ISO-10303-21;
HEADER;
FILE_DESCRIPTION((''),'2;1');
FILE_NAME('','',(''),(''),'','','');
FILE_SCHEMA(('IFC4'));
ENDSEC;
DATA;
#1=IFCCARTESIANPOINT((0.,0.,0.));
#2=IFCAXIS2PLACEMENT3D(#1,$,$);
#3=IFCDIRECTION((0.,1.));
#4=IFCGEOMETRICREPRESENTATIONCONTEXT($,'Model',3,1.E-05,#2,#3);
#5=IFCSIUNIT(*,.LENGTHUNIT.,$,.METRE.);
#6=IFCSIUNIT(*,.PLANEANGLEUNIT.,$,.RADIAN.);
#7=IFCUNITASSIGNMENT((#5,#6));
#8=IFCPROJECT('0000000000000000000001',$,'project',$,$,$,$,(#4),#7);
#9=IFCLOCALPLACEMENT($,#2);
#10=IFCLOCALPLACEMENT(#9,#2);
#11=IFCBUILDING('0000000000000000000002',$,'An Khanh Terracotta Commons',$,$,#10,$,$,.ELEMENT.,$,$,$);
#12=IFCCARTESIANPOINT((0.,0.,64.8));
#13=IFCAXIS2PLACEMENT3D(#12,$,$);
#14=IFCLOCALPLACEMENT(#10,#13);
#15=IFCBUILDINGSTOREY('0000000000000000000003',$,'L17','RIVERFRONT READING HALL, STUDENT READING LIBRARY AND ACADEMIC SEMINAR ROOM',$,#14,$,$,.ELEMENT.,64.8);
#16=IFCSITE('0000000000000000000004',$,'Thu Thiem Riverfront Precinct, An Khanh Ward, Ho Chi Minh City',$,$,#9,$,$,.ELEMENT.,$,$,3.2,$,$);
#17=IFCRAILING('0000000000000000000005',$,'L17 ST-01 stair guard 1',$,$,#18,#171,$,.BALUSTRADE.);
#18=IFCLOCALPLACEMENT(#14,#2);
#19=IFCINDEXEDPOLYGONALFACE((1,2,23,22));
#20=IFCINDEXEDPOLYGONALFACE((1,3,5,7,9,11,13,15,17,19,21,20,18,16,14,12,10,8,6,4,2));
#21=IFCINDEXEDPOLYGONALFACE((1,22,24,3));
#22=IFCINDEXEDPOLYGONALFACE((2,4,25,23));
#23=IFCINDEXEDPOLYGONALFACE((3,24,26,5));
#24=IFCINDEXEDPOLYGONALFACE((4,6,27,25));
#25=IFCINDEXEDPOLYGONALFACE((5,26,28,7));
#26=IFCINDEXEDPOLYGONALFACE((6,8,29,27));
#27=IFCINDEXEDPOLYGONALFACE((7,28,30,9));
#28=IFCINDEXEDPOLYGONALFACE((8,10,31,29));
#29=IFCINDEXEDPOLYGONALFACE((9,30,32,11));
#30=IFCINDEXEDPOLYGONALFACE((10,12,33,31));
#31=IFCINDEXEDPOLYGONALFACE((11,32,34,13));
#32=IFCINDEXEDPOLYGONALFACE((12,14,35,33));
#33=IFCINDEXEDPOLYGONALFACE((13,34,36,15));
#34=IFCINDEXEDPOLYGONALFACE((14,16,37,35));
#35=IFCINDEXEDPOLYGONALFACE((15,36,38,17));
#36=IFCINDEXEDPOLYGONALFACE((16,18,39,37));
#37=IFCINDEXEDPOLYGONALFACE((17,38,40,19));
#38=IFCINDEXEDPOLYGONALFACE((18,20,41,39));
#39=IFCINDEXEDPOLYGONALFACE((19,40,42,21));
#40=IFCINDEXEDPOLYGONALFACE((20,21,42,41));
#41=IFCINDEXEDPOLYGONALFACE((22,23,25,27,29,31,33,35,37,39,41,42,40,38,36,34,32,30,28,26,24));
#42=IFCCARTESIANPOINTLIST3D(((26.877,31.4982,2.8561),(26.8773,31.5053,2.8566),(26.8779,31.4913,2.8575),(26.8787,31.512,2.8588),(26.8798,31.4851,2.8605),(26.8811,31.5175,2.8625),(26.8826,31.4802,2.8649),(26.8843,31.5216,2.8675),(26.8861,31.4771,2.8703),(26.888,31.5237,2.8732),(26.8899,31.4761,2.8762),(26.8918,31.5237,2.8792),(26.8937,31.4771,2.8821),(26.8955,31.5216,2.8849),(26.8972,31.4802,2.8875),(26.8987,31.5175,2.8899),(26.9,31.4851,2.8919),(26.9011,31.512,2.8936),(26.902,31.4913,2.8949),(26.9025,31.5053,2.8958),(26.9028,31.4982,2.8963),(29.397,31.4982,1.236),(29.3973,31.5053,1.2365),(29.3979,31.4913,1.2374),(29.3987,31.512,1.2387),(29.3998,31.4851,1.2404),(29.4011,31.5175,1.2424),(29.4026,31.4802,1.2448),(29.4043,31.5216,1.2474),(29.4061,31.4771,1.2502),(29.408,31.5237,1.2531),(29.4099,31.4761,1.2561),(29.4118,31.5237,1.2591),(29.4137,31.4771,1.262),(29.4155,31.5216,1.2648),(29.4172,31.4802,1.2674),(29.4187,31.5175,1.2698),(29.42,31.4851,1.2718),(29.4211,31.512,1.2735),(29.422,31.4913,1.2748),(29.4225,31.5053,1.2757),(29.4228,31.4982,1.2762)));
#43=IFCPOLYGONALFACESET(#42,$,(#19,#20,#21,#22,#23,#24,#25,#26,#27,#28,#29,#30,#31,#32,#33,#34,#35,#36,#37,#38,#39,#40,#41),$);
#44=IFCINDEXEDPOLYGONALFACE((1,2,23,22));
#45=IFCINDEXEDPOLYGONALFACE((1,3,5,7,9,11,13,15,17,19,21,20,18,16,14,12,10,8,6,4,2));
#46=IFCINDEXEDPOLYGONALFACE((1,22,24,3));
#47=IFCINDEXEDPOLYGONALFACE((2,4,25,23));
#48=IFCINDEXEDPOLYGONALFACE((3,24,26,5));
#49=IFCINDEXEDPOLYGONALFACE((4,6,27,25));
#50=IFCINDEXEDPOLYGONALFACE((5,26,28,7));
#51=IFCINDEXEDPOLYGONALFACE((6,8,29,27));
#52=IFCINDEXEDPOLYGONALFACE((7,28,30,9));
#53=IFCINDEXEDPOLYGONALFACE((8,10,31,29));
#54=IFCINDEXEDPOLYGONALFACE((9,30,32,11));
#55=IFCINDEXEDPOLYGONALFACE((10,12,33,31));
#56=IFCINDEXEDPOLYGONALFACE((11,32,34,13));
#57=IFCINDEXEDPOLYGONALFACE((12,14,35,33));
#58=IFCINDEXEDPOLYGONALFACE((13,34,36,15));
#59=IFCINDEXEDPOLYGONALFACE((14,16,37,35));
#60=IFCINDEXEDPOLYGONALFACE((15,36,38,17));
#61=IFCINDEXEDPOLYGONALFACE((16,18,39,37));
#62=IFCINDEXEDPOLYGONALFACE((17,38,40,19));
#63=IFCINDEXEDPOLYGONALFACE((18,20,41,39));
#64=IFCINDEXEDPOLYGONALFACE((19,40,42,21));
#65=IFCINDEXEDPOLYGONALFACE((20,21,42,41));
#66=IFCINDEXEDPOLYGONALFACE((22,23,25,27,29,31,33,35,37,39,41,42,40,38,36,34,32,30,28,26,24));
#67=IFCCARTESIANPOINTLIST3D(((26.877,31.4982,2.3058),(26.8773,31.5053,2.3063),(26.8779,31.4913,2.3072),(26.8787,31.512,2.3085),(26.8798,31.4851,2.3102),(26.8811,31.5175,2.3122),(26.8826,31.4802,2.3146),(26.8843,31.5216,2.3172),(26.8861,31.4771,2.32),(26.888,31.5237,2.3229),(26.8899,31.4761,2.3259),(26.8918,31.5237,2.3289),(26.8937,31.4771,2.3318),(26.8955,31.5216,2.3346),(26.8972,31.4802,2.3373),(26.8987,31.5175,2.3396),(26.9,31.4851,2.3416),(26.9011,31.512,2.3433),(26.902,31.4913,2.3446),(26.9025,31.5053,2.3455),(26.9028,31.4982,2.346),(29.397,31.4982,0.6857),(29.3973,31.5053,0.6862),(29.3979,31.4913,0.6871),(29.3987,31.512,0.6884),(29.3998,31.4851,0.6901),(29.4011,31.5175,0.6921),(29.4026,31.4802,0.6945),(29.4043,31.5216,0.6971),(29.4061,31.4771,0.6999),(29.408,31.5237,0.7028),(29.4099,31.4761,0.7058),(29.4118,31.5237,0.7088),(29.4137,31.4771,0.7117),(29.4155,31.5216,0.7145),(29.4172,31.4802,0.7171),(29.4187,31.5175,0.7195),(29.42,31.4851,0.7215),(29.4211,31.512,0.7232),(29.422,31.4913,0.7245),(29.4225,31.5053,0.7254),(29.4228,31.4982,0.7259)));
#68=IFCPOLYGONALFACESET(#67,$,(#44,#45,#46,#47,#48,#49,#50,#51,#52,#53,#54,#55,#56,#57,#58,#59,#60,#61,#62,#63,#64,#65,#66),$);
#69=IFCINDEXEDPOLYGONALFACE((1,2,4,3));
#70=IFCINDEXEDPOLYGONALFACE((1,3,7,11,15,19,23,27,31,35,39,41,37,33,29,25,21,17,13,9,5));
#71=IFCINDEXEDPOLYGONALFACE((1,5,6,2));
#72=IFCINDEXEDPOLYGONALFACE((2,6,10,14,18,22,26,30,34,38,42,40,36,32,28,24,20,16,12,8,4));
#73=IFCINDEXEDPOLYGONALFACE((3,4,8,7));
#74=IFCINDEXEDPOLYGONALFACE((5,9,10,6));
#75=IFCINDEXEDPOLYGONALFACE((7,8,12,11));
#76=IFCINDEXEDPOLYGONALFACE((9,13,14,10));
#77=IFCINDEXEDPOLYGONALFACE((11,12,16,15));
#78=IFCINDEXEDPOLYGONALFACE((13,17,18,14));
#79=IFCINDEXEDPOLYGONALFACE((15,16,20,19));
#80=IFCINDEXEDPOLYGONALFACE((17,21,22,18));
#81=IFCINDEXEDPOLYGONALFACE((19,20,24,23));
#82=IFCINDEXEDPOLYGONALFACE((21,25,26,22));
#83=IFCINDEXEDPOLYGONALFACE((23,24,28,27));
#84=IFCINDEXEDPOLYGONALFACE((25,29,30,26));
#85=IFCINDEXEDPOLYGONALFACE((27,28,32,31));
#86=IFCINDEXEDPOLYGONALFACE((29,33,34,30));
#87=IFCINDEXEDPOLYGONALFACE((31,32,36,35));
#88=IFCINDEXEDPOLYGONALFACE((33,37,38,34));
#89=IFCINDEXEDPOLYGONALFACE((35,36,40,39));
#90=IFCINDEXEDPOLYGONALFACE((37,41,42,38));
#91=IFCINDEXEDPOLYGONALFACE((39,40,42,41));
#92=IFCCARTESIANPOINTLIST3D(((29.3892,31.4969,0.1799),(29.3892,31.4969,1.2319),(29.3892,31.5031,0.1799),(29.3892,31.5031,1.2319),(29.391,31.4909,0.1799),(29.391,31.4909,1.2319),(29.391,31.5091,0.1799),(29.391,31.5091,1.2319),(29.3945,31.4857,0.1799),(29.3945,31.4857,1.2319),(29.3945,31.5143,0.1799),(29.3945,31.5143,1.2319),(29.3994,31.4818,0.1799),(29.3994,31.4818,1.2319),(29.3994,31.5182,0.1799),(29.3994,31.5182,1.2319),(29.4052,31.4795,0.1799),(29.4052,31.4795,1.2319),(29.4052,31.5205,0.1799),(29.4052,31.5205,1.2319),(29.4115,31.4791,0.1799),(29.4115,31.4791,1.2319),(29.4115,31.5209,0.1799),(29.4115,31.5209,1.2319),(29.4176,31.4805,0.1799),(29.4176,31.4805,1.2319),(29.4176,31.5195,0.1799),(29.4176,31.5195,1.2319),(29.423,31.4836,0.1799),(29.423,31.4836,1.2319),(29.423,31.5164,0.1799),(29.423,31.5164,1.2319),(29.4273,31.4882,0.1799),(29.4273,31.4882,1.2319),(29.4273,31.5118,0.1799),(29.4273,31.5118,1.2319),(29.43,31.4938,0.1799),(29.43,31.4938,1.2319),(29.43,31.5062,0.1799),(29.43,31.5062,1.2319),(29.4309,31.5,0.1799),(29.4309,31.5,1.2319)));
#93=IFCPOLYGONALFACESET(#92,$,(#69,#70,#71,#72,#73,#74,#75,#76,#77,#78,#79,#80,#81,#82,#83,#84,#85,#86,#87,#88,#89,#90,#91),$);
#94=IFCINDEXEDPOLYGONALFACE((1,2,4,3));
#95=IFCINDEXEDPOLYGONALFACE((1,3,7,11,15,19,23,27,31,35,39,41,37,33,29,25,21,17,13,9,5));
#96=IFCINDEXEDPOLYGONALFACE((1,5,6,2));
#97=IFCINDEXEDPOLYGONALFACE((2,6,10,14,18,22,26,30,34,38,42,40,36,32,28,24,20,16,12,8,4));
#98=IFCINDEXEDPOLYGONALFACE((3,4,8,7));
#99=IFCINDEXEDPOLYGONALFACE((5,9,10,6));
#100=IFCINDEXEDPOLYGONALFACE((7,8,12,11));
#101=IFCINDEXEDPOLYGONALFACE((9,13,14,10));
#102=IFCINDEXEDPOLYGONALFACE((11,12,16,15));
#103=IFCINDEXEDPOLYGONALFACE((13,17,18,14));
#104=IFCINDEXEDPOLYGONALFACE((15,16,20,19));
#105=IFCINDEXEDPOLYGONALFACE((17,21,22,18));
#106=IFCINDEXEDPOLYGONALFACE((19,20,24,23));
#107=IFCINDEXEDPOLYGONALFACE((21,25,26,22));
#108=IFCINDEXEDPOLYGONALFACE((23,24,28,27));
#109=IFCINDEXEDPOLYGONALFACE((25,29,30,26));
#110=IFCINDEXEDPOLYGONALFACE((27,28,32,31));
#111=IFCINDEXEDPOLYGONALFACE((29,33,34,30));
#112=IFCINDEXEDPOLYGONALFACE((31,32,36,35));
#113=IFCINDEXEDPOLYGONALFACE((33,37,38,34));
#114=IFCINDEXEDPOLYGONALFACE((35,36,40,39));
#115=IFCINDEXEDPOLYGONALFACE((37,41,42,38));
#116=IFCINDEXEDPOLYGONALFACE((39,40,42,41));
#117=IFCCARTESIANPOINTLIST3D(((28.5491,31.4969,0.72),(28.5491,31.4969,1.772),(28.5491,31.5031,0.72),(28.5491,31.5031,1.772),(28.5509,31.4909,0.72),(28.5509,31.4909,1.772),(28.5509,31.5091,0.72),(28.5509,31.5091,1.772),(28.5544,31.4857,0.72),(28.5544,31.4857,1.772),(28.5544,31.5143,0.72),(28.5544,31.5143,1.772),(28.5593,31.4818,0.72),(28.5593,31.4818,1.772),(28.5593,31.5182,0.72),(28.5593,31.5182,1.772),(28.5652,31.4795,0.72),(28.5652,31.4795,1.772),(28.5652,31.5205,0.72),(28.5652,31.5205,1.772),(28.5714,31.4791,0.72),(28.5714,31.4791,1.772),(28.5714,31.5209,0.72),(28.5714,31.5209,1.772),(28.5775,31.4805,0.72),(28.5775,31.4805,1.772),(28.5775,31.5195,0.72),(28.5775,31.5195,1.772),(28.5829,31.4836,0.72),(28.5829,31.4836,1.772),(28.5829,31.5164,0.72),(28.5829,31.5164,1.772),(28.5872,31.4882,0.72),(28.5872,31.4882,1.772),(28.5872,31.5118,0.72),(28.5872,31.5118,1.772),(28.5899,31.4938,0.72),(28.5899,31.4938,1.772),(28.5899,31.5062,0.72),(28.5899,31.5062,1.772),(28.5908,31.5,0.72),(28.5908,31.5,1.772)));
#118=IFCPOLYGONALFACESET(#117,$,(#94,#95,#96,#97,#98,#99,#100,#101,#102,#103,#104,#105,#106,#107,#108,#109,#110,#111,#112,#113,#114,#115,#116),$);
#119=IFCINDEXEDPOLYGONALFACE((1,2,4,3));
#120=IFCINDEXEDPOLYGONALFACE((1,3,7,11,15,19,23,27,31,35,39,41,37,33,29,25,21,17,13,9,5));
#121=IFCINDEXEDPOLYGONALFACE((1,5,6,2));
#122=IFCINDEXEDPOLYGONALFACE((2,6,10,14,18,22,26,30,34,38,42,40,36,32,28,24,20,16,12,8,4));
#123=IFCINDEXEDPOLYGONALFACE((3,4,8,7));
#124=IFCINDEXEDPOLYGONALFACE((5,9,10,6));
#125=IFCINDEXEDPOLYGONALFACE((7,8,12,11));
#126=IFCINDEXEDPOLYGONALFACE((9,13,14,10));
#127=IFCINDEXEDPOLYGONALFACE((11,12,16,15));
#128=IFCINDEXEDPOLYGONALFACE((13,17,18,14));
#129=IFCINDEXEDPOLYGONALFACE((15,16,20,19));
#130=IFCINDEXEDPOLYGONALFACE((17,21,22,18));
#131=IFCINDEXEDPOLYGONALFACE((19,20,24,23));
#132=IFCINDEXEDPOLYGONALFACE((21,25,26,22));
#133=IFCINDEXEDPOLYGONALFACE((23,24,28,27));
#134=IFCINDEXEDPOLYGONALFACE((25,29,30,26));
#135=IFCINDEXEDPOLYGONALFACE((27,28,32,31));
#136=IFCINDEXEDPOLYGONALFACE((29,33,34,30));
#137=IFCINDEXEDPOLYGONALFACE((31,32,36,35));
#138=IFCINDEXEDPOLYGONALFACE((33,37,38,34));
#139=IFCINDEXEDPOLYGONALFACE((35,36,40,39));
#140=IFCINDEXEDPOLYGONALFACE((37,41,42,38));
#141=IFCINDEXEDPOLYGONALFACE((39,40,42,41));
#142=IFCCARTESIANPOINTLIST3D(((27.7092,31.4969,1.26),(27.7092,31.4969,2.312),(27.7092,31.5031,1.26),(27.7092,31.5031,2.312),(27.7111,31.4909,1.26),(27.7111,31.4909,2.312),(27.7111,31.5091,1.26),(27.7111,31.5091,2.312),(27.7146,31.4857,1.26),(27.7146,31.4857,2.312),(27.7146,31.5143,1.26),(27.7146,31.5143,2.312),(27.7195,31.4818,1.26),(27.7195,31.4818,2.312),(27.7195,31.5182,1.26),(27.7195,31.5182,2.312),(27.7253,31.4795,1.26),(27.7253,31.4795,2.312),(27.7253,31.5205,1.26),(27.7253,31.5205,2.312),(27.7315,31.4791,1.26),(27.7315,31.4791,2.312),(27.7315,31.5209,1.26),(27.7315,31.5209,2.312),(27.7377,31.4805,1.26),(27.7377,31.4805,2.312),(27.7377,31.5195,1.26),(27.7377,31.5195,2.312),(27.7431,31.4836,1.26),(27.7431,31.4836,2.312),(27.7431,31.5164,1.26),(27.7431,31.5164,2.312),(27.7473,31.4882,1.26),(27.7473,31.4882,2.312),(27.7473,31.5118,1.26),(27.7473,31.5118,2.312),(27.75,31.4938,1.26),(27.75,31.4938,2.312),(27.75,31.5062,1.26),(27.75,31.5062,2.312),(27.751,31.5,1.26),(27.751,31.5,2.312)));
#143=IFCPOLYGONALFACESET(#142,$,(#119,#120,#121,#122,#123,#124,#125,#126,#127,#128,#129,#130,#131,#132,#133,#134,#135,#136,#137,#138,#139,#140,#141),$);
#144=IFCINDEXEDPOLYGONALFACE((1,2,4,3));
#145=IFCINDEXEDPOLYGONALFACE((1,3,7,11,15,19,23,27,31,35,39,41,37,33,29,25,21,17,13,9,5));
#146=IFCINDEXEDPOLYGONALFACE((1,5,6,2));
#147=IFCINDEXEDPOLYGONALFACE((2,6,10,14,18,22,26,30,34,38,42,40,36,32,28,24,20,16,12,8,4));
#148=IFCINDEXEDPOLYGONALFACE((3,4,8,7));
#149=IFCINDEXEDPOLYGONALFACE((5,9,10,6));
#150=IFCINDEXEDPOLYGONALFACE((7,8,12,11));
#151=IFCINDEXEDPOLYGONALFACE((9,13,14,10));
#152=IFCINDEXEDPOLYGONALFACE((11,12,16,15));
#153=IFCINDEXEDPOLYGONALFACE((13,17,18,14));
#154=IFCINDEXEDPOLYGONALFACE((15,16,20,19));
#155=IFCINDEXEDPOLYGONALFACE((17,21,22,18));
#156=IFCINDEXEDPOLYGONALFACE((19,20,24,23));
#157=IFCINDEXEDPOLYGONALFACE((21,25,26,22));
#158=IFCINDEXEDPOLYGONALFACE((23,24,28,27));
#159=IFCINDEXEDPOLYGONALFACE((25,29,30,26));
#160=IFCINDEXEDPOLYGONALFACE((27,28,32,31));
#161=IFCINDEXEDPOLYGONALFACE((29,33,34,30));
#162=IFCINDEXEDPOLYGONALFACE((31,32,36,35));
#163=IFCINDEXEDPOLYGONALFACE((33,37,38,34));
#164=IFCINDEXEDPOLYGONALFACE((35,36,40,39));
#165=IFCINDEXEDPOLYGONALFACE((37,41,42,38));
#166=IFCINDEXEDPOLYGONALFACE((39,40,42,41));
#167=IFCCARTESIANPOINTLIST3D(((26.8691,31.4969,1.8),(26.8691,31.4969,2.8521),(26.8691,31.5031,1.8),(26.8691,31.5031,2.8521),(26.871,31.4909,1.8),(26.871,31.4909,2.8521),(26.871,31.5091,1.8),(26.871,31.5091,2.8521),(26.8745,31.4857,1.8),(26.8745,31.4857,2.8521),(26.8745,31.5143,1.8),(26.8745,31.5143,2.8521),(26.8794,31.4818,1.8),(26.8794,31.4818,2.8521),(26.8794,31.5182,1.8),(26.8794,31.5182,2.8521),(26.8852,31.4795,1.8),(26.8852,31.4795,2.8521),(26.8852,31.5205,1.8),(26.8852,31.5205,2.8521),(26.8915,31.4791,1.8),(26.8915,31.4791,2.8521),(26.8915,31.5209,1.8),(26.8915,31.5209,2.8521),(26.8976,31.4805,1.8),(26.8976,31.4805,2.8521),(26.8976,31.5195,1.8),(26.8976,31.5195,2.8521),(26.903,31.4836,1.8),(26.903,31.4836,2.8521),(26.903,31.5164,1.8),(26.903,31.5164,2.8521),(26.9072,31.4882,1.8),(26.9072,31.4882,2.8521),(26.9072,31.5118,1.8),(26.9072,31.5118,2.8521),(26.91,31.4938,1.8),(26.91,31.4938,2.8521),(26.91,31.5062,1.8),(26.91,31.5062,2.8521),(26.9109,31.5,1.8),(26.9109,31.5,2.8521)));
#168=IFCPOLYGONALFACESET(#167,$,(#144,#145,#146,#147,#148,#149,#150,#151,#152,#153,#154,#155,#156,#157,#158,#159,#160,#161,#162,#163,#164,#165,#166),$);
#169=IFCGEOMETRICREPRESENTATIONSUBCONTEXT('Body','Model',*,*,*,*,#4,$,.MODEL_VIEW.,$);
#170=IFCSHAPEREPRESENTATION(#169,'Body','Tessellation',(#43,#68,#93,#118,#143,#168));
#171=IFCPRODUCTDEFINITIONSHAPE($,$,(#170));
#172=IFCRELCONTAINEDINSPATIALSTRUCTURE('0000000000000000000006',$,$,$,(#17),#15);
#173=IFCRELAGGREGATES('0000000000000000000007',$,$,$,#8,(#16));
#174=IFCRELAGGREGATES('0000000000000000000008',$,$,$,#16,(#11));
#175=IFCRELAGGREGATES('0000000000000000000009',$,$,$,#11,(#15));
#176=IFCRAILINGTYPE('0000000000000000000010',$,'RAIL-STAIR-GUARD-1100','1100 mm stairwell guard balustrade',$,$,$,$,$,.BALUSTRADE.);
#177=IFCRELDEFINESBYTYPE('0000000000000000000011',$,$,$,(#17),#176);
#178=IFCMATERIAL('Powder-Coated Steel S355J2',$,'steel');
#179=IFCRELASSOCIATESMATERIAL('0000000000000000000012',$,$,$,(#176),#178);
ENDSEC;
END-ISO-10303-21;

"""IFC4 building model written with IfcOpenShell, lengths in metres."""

from ifc_helpers import new_model, si_unit, direction, frame, origin, origin_2d, place, context, subcontext, project, spatial, circle, extrude, material, type_object, element, save


model = new_model("IFC4")

# Units and contexts
model_context = context("Model", 3, precision=1e-05, world=origin(), true_north=direction((0.0, 1.0)))
body_context = subcontext(model_context, "Body", "Model", "MODEL_VIEW")
ifc_project = project(units=[si_unit("LENGTHUNIT", "METRE"), si_unit("PLANEANGLEUNIT", "RADIAN")], contexts=[model_context])

# Site, building, storey
site_placement = place(None, origin())
site = spatial("IfcSite", under=ifc_project, at=site_placement, Name="Thu Thiem Riverfront Precinct, An Khanh Ward, Ho Chi Minh City", CompositionType="ELEMENT", RefElevation=3.2)
building_placement = place(site_placement, origin())
building = spatial("IfcBuilding", under=site, at=building_placement, Name="An Khanh Terracotta Commons", CompositionType="ELEMENT")
storey_placement = place(building_placement, frame((0.0, 0.0, 64.8)))
storey = spatial("IfcBuildingStorey", under=building, at=storey_placement, Name="L17", Description="RIVERFRONT READING HALL, STUDENT READING LIBRARY AND ACADEMIC SEMINAR ROOM", CompositionType="ELEMENT", Elevation=64.8)

# Railing
ifc_material_1 = material(Name="Powder-Coated Steel S355J2", Category="steel")
railing_type_1 = type_object("IfcRailingType", Name="RAIL-STAIR-GUARD-1100", Description="1100 mm stairwell guard balustrade", PredefinedType="BALUSTRADE", material=ifc_material_1)
railing_1_placement = place(storey_placement, frame((29.4099, 31.5, 0.1799)))
element("IfcRailing", 1, at=railing_1_placement, inside=storey, type_object=railing_type_1, Name="L17 ST-01 stair guard 1", PredefinedType="BALUSTRADE", context=body_context, shape_type="SweptSolid", body=[
    extrude(circle(Radius=0.0239, at=origin_2d()), frame((0.0, 0.0, 1.0762), z_axis=(-0.841163, 0.0, 0.540782), x_axis=(0.0, -1.0, 0.0)), (0.0, 0.0, 1.0), 2.9958),
    extrude(circle(Radius=0.0239, at=origin_2d()), frame((0.0, 0.0, 0.5259), z_axis=(-0.841163, 0.0, 0.540782), x_axis=(0.0, -1.0, 0.0)), (0.0, 0.0, 1.0), 2.9958),
    extrude(circle(Radius=0.021, at=origin_2d()), origin(), (0.0, 0.0, 1.0), 1.052),
    extrude(circle(Radius=0.021, at=origin_2d()), frame((-0.8401, 0.0, 0.54)), (0.0, 0.0, 1.0), 1.052),
    extrude(circle(Radius=0.021, at=origin_2d()), frame((-1.6799, 0.0, 1.0801)), (0.0, 0.0, 1.0), 1.052),
    extrude(circle(Radius=0.021, at=origin_2d()), frame((-2.52, 0.0, 1.6201)), (0.0, 0.0, 1.0), 1.052),
])

save(model, "model.ifc")
